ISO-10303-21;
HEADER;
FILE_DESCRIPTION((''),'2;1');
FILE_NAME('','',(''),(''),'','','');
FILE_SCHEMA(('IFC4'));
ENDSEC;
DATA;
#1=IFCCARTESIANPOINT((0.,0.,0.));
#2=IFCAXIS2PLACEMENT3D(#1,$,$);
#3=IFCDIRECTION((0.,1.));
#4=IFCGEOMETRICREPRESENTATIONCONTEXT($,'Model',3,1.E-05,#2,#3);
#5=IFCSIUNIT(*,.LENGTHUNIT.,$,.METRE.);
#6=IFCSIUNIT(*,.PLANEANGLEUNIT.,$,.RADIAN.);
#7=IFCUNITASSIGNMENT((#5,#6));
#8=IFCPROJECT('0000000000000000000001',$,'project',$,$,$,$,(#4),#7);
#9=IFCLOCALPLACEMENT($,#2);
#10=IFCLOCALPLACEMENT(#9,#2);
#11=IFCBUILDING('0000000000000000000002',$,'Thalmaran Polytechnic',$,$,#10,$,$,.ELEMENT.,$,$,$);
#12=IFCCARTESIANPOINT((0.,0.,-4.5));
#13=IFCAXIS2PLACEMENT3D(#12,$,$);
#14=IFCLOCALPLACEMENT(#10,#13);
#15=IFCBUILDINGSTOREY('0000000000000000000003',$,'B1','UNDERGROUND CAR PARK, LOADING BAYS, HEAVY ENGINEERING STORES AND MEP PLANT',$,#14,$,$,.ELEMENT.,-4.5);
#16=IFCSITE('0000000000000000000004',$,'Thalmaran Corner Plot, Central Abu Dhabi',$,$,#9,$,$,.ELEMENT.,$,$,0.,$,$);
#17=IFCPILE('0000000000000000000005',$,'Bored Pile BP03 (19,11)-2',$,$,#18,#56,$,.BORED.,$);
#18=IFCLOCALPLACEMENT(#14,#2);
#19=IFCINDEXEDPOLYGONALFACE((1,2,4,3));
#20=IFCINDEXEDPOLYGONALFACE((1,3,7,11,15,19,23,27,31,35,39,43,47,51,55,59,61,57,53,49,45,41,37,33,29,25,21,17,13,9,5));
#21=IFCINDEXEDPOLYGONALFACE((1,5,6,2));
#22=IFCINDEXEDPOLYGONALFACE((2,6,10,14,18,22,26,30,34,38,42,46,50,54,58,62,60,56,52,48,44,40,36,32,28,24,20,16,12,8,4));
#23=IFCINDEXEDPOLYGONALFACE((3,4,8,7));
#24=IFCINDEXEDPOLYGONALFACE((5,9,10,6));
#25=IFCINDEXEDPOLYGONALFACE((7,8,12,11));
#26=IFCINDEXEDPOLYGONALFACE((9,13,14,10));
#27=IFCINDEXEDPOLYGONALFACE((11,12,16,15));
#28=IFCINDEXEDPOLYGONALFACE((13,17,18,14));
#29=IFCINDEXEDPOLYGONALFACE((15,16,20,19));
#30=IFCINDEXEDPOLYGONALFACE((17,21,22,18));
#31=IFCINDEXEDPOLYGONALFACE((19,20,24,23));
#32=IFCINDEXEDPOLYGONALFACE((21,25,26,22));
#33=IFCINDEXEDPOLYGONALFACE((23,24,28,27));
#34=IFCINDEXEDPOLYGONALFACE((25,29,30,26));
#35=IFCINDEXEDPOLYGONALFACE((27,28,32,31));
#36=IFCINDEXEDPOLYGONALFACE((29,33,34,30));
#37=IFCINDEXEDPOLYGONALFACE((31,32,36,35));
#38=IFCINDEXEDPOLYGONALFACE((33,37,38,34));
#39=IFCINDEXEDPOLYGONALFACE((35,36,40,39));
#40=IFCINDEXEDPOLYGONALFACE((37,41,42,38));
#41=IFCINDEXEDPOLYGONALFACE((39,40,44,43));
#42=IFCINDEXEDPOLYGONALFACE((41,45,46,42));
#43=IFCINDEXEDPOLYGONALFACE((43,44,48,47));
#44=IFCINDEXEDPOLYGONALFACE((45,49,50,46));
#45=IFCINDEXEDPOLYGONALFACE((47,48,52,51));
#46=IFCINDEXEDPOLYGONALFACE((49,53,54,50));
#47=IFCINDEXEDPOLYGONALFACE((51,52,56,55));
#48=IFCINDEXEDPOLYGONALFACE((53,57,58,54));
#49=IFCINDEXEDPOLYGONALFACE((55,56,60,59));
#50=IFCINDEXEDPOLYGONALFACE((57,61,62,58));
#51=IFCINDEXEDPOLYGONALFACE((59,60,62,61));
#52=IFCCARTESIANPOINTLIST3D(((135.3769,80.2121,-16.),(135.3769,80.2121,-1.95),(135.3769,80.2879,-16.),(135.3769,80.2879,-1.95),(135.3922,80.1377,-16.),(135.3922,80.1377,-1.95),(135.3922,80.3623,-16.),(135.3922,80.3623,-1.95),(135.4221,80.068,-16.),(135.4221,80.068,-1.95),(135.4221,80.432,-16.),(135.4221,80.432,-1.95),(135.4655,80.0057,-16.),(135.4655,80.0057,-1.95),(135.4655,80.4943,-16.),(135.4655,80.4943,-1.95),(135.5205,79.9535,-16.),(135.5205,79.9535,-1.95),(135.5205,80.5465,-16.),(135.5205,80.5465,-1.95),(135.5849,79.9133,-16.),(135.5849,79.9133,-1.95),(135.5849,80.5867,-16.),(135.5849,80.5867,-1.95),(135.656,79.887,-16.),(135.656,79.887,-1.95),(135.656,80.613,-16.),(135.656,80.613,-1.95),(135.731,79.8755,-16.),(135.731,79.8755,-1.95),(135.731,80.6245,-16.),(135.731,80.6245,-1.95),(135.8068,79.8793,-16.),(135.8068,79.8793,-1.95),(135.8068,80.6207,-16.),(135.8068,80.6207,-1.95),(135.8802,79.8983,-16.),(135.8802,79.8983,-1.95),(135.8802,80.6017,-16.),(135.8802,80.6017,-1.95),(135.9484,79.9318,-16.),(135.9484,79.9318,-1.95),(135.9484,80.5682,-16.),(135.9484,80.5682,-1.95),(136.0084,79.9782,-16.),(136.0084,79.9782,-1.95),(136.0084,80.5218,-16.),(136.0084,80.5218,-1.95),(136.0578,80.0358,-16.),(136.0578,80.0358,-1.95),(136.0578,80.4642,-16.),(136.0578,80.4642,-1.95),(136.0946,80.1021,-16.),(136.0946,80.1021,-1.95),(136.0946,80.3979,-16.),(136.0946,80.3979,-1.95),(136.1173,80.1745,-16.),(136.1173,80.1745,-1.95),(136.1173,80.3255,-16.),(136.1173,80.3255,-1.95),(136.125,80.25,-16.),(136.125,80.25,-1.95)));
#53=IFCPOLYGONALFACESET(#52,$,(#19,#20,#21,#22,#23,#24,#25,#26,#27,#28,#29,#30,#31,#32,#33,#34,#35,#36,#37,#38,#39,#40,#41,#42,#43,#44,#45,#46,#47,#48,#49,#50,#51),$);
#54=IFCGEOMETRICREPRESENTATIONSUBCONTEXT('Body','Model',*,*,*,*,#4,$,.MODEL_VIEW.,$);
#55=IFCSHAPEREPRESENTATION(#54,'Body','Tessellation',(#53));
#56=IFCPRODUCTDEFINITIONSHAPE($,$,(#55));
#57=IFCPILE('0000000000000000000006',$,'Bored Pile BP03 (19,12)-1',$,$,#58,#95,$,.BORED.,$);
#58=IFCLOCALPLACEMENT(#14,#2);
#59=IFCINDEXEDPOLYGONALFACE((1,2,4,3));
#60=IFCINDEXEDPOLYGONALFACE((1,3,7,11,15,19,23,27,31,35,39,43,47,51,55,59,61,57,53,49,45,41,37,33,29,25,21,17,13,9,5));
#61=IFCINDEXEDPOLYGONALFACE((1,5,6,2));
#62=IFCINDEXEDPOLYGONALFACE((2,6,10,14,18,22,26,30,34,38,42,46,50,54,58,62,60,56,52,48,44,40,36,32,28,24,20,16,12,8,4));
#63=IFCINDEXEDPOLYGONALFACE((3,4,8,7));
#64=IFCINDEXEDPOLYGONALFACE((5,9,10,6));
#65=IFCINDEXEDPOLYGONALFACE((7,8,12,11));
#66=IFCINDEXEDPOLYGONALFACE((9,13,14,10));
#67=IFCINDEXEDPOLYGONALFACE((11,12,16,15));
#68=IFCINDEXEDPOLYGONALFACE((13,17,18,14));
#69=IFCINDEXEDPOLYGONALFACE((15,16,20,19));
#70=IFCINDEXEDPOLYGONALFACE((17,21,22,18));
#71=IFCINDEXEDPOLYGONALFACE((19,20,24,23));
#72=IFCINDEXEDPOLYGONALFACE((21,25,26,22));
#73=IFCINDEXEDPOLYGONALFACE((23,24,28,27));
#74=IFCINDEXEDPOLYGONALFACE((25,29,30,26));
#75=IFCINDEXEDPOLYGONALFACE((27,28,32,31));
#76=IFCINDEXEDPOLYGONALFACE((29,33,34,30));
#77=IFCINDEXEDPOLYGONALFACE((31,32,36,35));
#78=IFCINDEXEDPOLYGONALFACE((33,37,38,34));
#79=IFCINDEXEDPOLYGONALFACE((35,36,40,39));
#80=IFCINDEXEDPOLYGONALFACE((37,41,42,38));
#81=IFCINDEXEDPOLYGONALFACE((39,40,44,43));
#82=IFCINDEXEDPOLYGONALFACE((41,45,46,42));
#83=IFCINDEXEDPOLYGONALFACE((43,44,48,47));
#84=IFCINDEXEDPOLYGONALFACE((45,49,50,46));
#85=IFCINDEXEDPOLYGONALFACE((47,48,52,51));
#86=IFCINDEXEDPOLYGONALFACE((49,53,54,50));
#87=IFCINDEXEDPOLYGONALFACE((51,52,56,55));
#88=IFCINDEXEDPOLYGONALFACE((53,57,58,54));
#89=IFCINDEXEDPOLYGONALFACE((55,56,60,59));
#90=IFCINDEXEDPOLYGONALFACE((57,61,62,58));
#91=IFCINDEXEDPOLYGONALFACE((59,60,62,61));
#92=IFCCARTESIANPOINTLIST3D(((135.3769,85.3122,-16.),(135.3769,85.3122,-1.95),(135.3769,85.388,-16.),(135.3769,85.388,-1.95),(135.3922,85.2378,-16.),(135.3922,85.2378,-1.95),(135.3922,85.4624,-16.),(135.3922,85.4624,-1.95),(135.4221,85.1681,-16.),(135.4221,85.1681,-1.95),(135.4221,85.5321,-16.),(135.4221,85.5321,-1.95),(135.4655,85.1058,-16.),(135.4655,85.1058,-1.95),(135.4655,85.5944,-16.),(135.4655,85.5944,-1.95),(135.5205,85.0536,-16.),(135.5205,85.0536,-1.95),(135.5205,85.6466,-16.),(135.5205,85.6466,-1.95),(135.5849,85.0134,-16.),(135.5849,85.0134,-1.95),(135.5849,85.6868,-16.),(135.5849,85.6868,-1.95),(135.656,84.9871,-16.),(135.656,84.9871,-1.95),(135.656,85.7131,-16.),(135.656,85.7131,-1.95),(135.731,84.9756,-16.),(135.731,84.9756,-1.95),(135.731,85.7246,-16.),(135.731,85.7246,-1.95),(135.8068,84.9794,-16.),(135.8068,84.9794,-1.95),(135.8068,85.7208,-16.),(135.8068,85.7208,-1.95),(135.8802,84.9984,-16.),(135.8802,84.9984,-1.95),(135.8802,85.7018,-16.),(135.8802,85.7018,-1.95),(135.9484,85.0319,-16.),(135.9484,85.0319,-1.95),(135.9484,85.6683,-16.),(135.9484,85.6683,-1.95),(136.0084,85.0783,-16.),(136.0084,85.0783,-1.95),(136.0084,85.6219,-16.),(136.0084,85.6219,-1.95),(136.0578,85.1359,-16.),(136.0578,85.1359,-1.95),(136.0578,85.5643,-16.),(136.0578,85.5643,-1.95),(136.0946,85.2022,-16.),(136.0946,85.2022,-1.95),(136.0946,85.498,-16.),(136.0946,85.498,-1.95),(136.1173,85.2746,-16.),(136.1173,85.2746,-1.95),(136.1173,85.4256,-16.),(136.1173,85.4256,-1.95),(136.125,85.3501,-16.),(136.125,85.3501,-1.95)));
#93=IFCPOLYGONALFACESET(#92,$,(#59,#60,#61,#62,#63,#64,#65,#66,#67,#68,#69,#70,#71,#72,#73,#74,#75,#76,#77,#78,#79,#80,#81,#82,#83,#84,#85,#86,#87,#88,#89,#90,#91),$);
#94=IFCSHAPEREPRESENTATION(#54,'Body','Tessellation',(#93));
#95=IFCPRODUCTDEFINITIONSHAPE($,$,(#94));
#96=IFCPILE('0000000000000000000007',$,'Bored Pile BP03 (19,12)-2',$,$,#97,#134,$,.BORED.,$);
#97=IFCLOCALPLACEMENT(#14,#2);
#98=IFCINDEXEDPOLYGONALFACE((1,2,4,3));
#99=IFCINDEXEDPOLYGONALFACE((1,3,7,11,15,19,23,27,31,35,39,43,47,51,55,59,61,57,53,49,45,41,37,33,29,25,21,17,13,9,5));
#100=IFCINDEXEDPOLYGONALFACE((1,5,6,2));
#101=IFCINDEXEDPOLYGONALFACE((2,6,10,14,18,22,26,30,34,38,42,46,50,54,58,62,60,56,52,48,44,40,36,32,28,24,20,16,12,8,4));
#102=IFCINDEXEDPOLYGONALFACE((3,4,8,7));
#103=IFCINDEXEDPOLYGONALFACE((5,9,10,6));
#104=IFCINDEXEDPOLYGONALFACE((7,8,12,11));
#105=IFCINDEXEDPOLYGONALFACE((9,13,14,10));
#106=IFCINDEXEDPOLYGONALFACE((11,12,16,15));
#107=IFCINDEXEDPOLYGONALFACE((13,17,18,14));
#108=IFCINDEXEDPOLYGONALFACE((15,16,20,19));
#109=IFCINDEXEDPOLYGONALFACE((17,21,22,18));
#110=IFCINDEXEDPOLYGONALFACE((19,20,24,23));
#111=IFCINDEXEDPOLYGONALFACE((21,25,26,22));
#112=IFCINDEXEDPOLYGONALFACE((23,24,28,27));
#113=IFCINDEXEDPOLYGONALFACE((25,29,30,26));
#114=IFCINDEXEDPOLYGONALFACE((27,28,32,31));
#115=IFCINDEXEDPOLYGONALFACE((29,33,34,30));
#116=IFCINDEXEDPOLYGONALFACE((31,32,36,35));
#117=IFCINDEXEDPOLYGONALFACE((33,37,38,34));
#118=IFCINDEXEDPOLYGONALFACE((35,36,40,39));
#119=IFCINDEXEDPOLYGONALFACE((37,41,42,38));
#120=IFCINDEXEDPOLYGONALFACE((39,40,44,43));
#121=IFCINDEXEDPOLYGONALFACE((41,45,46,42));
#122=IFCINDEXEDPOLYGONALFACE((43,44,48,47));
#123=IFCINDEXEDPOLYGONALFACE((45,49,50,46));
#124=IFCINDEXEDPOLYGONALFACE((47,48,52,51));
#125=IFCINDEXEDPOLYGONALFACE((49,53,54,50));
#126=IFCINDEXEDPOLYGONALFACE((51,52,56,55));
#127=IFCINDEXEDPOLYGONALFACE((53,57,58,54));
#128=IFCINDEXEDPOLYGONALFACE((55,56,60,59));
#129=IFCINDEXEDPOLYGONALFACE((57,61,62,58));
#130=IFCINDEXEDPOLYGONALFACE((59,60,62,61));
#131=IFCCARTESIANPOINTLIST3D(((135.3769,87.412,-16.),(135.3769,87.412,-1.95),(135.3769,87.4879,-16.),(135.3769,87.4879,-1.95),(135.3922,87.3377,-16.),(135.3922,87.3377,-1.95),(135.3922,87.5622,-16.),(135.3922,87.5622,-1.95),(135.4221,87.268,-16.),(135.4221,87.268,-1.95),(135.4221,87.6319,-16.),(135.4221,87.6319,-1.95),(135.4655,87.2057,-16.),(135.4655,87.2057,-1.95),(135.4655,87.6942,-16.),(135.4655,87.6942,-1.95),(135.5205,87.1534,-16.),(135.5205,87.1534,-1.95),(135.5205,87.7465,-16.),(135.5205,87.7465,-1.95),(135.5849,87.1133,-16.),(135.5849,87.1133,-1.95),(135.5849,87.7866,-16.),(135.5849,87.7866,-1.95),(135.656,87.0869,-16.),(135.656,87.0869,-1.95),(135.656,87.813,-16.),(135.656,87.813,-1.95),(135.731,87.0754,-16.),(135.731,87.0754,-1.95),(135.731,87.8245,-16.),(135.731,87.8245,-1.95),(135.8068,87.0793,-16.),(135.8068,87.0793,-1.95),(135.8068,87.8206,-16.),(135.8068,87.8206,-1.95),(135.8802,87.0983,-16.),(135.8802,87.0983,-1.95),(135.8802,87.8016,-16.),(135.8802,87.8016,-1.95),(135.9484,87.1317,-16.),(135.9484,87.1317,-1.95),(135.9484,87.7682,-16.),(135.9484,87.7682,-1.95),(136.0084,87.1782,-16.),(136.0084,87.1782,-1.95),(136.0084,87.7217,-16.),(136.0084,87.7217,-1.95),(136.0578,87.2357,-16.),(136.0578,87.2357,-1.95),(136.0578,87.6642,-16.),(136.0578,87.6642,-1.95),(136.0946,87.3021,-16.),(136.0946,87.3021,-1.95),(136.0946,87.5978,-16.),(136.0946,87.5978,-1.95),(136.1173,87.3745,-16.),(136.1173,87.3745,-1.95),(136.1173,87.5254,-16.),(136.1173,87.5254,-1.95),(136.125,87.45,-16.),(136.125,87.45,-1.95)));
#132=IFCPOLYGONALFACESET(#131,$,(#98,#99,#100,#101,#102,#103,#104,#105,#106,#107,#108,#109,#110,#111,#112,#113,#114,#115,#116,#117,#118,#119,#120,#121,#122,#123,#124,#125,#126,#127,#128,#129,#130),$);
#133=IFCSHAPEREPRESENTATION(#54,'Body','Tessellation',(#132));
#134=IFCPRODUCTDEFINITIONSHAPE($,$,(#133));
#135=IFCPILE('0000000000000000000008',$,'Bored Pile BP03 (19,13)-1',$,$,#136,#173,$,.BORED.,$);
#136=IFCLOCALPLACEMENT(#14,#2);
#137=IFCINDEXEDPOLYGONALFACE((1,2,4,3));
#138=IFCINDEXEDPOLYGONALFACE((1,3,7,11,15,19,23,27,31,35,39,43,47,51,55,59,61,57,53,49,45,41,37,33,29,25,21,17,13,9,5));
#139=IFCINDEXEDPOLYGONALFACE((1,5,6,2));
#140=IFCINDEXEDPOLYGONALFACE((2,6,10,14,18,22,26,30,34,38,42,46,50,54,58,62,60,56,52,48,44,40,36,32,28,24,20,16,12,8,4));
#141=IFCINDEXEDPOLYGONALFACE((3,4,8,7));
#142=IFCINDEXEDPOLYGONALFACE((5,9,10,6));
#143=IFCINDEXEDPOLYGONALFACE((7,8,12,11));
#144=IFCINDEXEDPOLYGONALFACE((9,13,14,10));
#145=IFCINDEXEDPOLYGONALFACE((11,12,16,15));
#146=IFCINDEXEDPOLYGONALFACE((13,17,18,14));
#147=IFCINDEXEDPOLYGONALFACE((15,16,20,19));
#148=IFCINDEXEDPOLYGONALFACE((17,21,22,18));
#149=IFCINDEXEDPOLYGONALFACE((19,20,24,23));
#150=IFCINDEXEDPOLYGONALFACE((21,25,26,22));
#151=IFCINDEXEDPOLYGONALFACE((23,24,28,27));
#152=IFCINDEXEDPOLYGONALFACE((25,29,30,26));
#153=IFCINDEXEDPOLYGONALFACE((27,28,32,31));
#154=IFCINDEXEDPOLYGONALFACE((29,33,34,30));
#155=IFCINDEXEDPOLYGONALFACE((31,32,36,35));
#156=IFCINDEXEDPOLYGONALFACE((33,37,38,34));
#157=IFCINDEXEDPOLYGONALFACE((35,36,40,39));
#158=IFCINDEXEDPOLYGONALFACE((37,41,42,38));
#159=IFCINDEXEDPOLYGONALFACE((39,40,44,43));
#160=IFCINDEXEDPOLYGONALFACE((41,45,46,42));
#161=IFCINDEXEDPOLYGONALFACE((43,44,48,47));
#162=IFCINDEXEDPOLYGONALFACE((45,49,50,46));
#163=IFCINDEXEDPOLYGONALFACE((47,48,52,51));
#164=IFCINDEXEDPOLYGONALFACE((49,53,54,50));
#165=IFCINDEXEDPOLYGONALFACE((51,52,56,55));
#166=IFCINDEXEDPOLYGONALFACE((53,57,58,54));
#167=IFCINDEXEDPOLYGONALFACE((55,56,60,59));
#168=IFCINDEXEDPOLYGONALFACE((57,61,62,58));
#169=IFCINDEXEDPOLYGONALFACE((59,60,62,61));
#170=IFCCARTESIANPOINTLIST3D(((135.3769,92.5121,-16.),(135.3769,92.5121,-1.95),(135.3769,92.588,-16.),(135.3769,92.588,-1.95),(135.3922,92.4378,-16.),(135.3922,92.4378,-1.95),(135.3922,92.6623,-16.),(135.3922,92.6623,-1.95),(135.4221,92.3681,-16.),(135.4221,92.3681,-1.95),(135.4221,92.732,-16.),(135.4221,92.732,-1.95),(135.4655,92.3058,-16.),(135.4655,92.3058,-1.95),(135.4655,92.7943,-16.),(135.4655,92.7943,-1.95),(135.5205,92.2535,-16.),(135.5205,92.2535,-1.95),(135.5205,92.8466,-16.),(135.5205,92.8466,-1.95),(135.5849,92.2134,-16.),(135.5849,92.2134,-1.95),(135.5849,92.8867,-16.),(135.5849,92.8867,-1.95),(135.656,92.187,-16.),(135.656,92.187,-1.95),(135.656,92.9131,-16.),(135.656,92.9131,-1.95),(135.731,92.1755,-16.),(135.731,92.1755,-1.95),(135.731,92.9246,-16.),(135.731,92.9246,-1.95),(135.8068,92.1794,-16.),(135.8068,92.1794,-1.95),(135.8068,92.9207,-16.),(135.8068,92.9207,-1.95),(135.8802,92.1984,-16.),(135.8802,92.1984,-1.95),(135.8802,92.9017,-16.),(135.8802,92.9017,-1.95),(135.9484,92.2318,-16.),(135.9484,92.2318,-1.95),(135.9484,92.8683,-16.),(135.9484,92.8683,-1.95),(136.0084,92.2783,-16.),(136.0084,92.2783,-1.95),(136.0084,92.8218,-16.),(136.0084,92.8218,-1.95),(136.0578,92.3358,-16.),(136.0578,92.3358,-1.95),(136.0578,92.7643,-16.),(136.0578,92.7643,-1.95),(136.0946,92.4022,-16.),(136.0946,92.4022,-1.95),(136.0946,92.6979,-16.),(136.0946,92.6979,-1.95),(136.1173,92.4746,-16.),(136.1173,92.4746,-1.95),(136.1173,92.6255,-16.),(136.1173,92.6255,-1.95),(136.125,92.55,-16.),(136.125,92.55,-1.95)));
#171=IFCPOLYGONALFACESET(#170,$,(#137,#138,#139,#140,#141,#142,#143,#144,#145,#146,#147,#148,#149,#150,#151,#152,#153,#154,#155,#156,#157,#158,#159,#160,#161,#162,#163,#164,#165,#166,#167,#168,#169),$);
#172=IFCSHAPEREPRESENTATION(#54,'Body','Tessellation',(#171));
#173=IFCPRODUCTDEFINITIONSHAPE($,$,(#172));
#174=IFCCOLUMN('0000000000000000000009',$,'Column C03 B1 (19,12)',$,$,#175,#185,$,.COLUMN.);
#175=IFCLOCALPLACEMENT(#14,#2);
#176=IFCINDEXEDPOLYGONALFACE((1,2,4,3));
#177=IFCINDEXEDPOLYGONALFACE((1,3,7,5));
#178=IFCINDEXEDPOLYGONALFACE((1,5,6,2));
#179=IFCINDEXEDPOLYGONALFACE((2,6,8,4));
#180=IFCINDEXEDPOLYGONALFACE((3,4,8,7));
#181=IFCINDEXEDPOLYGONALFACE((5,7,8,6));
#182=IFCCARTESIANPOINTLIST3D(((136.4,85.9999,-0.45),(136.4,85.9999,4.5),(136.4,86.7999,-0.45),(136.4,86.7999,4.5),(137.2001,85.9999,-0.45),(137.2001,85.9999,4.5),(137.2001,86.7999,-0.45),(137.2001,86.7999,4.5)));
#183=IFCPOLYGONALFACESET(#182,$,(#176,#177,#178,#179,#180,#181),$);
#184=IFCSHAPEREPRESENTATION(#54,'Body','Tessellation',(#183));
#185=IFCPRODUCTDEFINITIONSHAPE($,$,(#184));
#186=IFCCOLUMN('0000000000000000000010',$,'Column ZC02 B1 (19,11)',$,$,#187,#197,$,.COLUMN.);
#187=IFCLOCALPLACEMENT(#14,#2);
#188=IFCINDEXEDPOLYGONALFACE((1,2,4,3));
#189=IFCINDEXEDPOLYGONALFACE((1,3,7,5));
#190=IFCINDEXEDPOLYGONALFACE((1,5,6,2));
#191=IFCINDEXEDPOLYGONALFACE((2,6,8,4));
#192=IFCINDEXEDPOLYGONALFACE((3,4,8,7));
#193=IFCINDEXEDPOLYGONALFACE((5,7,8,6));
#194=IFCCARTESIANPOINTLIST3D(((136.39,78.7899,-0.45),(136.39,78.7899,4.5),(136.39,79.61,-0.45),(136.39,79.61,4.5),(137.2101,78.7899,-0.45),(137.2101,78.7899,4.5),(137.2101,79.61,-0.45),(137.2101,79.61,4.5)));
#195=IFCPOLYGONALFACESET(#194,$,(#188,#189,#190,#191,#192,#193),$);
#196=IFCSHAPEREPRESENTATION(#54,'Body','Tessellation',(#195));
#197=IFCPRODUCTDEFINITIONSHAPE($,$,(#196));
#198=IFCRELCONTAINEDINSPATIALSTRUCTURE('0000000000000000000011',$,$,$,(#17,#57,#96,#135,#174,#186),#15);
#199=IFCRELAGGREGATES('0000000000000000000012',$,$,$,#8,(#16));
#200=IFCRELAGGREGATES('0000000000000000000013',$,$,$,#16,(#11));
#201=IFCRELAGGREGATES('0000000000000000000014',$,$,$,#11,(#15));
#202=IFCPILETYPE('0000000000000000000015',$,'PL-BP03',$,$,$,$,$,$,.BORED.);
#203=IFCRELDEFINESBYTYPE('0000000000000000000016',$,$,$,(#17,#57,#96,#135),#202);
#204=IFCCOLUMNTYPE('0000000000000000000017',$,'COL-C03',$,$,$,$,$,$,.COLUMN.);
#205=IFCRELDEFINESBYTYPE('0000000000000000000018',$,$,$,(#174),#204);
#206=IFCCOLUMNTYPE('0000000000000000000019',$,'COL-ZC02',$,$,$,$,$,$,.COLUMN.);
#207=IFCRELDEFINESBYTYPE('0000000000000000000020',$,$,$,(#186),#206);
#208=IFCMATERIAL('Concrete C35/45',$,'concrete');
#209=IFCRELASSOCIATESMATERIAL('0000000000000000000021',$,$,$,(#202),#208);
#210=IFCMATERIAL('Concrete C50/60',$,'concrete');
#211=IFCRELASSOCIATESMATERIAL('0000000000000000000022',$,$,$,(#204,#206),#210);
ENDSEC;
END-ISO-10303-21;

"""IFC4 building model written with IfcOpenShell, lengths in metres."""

from ifc_helpers import new_model, si_unit, direction, frame, origin, origin_2d, place, context, subcontext, project, spatial, rectangle, circle, extrude, material, material_profile, profile_set, type_object, element, save


model = new_model("IFC4")

# Units and contexts
model_context = context("Model", 3, precision=1e-05, world=origin(), true_north=direction((0.0, 1.0)))
body_context = subcontext(model_context, "Body", "Model", "MODEL_VIEW")
ifc_project = project(units=[si_unit("LENGTHUNIT", "METRE"), si_unit("PLANEANGLEUNIT", "RADIAN")], contexts=[model_context])

# Site, building, storey
site_placement = place(None, origin())
site = spatial("IfcSite", under=ifc_project, at=site_placement, Name="Thalmaran Corner Plot, Central Abu Dhabi", CompositionType="ELEMENT", RefElevation=0.0)
building_placement = place(site_placement, origin())
building = spatial("IfcBuilding", under=site, at=building_placement, Name="Thalmaran Polytechnic", CompositionType="ELEMENT")
storey_placement = place(building_placement, frame((0.0, 0.0, -4.5)))
storey = spatial("IfcBuildingStorey", under=building, at=storey_placement, Name="B1", Description="UNDERGROUND CAR PARK, LOADING BAYS, HEAVY ENGINEERING STORES AND MEP PLANT", CompositionType="ELEMENT", Elevation=-4.5)

# Piles
ifc_material_1 = material(Name="Concrete C35/45", Category="concrete")
ifc_material_profile_1 = material_profile(ifc_material_1, circle(Radius=0.375, at=origin_2d()), Name="RC 750 DIA")
ifc_profile_set_1 = profile_set([ifc_material_profile_1], Name="Concrete C35/45")
pile_type = type_object("IfcPileType", Name="PL-BP03", PredefinedType="BORED", material=ifc_profile_set_1)
for number, where, z_axis, x_axis, name in (
    (1, (135.75, 80.25, -1.95), (0.0, 0.0, -1.0), (1.0, 0.0, 0.0), "Bored Pile BP03 (19,11)-2"),
    (2, (135.75, 85.3501, -1.95), (0.0, 0.0, -1.0), (1.0, 0.0, 0.0), "Bored Pile BP03 (19,12)-1"),
    (3, (135.75, 87.45, -1.95), (0.0, 0.0, -1.0), (1.0, 0.0, 0.0), "Bored Pile BP03 (19,12)-2"),
    (4, (135.75, 92.55, -1.95), (0.0, 0.0, -1.0), (1.0, 0.0, 0.0), "Bored Pile BP03 (19,13)-1"),
):
    element("IfcPile", number, at=place(storey_placement, frame(where, z_axis=z_axis, x_axis=x_axis)), inside=storey, type_object=pile_type, Name=name, PredefinedType="BORED", context=body_context, shape_type="SweptSolid", body=[
        extrude(circle(Radius=0.375, at=origin_2d()), origin(), (0.0, 0.0, 1.0), 14.05),
    ])

# Columns
ifc_material_2 = material(Name="Concrete C50/60", Category="concrete")
ifc_material_profile_2 = material_profile(ifc_material_2, rectangle(XDim=0.8, YDim=0.8, at=origin_2d()), Name="RC 800x800")
ifc_profile_set_2 = profile_set([ifc_material_profile_2], Name="Concrete C50/60")
column_type_1 = type_object("IfcColumnType", Name="COL-C03", PredefinedType="COLUMN", material=ifc_profile_set_2)
column_1_placement = place(storey_placement, frame((136.8, 86.3999, -0.45), z_axis=(0.0, 0.0, 1.0), x_axis=(1.0, 0.0, 0.0)))
element("IfcColumn", 5, at=column_1_placement, inside=storey, type_object=column_type_1, Name="Column C03 B1 (19,12)", PredefinedType="COLUMN", context=body_context, shape_type="SweptSolid", body=[
    extrude(rectangle(XDim=0.8, YDim=0.8, at=origin_2d()), origin(), (0.0, 0.0, 1.0), 4.95),
])
ifc_material_profile_3 = material_profile(ifc_material_2, rectangle(XDim=0.8201, YDim=0.8201, at=origin_2d()), Name="RC 820x820")
ifc_profile_set_3 = profile_set([ifc_material_profile_3], Name="Concrete C50/60")
column_type_2 = type_object("IfcColumnType", Name="COL-ZC02", PredefinedType="COLUMN", material=ifc_profile_set_3)
column_2_placement = place(storey_placement, frame((136.8, 79.2, -0.45), z_axis=(0.0, 0.0, 1.0), x_axis=(1.0, 0.0, 0.0)))
element("IfcColumn", 6, at=column_2_placement, inside=storey, type_object=column_type_2, Name="Column ZC02 B1 (19,11)", PredefinedType="COLUMN", context=body_context, shape_type="SweptSolid", body=[
    extrude(rectangle(XDim=0.8201, YDim=0.8201, at=origin_2d()), origin(), (0.0, 0.0, 1.0), 4.95),
])

save(model, "model.ifc")
